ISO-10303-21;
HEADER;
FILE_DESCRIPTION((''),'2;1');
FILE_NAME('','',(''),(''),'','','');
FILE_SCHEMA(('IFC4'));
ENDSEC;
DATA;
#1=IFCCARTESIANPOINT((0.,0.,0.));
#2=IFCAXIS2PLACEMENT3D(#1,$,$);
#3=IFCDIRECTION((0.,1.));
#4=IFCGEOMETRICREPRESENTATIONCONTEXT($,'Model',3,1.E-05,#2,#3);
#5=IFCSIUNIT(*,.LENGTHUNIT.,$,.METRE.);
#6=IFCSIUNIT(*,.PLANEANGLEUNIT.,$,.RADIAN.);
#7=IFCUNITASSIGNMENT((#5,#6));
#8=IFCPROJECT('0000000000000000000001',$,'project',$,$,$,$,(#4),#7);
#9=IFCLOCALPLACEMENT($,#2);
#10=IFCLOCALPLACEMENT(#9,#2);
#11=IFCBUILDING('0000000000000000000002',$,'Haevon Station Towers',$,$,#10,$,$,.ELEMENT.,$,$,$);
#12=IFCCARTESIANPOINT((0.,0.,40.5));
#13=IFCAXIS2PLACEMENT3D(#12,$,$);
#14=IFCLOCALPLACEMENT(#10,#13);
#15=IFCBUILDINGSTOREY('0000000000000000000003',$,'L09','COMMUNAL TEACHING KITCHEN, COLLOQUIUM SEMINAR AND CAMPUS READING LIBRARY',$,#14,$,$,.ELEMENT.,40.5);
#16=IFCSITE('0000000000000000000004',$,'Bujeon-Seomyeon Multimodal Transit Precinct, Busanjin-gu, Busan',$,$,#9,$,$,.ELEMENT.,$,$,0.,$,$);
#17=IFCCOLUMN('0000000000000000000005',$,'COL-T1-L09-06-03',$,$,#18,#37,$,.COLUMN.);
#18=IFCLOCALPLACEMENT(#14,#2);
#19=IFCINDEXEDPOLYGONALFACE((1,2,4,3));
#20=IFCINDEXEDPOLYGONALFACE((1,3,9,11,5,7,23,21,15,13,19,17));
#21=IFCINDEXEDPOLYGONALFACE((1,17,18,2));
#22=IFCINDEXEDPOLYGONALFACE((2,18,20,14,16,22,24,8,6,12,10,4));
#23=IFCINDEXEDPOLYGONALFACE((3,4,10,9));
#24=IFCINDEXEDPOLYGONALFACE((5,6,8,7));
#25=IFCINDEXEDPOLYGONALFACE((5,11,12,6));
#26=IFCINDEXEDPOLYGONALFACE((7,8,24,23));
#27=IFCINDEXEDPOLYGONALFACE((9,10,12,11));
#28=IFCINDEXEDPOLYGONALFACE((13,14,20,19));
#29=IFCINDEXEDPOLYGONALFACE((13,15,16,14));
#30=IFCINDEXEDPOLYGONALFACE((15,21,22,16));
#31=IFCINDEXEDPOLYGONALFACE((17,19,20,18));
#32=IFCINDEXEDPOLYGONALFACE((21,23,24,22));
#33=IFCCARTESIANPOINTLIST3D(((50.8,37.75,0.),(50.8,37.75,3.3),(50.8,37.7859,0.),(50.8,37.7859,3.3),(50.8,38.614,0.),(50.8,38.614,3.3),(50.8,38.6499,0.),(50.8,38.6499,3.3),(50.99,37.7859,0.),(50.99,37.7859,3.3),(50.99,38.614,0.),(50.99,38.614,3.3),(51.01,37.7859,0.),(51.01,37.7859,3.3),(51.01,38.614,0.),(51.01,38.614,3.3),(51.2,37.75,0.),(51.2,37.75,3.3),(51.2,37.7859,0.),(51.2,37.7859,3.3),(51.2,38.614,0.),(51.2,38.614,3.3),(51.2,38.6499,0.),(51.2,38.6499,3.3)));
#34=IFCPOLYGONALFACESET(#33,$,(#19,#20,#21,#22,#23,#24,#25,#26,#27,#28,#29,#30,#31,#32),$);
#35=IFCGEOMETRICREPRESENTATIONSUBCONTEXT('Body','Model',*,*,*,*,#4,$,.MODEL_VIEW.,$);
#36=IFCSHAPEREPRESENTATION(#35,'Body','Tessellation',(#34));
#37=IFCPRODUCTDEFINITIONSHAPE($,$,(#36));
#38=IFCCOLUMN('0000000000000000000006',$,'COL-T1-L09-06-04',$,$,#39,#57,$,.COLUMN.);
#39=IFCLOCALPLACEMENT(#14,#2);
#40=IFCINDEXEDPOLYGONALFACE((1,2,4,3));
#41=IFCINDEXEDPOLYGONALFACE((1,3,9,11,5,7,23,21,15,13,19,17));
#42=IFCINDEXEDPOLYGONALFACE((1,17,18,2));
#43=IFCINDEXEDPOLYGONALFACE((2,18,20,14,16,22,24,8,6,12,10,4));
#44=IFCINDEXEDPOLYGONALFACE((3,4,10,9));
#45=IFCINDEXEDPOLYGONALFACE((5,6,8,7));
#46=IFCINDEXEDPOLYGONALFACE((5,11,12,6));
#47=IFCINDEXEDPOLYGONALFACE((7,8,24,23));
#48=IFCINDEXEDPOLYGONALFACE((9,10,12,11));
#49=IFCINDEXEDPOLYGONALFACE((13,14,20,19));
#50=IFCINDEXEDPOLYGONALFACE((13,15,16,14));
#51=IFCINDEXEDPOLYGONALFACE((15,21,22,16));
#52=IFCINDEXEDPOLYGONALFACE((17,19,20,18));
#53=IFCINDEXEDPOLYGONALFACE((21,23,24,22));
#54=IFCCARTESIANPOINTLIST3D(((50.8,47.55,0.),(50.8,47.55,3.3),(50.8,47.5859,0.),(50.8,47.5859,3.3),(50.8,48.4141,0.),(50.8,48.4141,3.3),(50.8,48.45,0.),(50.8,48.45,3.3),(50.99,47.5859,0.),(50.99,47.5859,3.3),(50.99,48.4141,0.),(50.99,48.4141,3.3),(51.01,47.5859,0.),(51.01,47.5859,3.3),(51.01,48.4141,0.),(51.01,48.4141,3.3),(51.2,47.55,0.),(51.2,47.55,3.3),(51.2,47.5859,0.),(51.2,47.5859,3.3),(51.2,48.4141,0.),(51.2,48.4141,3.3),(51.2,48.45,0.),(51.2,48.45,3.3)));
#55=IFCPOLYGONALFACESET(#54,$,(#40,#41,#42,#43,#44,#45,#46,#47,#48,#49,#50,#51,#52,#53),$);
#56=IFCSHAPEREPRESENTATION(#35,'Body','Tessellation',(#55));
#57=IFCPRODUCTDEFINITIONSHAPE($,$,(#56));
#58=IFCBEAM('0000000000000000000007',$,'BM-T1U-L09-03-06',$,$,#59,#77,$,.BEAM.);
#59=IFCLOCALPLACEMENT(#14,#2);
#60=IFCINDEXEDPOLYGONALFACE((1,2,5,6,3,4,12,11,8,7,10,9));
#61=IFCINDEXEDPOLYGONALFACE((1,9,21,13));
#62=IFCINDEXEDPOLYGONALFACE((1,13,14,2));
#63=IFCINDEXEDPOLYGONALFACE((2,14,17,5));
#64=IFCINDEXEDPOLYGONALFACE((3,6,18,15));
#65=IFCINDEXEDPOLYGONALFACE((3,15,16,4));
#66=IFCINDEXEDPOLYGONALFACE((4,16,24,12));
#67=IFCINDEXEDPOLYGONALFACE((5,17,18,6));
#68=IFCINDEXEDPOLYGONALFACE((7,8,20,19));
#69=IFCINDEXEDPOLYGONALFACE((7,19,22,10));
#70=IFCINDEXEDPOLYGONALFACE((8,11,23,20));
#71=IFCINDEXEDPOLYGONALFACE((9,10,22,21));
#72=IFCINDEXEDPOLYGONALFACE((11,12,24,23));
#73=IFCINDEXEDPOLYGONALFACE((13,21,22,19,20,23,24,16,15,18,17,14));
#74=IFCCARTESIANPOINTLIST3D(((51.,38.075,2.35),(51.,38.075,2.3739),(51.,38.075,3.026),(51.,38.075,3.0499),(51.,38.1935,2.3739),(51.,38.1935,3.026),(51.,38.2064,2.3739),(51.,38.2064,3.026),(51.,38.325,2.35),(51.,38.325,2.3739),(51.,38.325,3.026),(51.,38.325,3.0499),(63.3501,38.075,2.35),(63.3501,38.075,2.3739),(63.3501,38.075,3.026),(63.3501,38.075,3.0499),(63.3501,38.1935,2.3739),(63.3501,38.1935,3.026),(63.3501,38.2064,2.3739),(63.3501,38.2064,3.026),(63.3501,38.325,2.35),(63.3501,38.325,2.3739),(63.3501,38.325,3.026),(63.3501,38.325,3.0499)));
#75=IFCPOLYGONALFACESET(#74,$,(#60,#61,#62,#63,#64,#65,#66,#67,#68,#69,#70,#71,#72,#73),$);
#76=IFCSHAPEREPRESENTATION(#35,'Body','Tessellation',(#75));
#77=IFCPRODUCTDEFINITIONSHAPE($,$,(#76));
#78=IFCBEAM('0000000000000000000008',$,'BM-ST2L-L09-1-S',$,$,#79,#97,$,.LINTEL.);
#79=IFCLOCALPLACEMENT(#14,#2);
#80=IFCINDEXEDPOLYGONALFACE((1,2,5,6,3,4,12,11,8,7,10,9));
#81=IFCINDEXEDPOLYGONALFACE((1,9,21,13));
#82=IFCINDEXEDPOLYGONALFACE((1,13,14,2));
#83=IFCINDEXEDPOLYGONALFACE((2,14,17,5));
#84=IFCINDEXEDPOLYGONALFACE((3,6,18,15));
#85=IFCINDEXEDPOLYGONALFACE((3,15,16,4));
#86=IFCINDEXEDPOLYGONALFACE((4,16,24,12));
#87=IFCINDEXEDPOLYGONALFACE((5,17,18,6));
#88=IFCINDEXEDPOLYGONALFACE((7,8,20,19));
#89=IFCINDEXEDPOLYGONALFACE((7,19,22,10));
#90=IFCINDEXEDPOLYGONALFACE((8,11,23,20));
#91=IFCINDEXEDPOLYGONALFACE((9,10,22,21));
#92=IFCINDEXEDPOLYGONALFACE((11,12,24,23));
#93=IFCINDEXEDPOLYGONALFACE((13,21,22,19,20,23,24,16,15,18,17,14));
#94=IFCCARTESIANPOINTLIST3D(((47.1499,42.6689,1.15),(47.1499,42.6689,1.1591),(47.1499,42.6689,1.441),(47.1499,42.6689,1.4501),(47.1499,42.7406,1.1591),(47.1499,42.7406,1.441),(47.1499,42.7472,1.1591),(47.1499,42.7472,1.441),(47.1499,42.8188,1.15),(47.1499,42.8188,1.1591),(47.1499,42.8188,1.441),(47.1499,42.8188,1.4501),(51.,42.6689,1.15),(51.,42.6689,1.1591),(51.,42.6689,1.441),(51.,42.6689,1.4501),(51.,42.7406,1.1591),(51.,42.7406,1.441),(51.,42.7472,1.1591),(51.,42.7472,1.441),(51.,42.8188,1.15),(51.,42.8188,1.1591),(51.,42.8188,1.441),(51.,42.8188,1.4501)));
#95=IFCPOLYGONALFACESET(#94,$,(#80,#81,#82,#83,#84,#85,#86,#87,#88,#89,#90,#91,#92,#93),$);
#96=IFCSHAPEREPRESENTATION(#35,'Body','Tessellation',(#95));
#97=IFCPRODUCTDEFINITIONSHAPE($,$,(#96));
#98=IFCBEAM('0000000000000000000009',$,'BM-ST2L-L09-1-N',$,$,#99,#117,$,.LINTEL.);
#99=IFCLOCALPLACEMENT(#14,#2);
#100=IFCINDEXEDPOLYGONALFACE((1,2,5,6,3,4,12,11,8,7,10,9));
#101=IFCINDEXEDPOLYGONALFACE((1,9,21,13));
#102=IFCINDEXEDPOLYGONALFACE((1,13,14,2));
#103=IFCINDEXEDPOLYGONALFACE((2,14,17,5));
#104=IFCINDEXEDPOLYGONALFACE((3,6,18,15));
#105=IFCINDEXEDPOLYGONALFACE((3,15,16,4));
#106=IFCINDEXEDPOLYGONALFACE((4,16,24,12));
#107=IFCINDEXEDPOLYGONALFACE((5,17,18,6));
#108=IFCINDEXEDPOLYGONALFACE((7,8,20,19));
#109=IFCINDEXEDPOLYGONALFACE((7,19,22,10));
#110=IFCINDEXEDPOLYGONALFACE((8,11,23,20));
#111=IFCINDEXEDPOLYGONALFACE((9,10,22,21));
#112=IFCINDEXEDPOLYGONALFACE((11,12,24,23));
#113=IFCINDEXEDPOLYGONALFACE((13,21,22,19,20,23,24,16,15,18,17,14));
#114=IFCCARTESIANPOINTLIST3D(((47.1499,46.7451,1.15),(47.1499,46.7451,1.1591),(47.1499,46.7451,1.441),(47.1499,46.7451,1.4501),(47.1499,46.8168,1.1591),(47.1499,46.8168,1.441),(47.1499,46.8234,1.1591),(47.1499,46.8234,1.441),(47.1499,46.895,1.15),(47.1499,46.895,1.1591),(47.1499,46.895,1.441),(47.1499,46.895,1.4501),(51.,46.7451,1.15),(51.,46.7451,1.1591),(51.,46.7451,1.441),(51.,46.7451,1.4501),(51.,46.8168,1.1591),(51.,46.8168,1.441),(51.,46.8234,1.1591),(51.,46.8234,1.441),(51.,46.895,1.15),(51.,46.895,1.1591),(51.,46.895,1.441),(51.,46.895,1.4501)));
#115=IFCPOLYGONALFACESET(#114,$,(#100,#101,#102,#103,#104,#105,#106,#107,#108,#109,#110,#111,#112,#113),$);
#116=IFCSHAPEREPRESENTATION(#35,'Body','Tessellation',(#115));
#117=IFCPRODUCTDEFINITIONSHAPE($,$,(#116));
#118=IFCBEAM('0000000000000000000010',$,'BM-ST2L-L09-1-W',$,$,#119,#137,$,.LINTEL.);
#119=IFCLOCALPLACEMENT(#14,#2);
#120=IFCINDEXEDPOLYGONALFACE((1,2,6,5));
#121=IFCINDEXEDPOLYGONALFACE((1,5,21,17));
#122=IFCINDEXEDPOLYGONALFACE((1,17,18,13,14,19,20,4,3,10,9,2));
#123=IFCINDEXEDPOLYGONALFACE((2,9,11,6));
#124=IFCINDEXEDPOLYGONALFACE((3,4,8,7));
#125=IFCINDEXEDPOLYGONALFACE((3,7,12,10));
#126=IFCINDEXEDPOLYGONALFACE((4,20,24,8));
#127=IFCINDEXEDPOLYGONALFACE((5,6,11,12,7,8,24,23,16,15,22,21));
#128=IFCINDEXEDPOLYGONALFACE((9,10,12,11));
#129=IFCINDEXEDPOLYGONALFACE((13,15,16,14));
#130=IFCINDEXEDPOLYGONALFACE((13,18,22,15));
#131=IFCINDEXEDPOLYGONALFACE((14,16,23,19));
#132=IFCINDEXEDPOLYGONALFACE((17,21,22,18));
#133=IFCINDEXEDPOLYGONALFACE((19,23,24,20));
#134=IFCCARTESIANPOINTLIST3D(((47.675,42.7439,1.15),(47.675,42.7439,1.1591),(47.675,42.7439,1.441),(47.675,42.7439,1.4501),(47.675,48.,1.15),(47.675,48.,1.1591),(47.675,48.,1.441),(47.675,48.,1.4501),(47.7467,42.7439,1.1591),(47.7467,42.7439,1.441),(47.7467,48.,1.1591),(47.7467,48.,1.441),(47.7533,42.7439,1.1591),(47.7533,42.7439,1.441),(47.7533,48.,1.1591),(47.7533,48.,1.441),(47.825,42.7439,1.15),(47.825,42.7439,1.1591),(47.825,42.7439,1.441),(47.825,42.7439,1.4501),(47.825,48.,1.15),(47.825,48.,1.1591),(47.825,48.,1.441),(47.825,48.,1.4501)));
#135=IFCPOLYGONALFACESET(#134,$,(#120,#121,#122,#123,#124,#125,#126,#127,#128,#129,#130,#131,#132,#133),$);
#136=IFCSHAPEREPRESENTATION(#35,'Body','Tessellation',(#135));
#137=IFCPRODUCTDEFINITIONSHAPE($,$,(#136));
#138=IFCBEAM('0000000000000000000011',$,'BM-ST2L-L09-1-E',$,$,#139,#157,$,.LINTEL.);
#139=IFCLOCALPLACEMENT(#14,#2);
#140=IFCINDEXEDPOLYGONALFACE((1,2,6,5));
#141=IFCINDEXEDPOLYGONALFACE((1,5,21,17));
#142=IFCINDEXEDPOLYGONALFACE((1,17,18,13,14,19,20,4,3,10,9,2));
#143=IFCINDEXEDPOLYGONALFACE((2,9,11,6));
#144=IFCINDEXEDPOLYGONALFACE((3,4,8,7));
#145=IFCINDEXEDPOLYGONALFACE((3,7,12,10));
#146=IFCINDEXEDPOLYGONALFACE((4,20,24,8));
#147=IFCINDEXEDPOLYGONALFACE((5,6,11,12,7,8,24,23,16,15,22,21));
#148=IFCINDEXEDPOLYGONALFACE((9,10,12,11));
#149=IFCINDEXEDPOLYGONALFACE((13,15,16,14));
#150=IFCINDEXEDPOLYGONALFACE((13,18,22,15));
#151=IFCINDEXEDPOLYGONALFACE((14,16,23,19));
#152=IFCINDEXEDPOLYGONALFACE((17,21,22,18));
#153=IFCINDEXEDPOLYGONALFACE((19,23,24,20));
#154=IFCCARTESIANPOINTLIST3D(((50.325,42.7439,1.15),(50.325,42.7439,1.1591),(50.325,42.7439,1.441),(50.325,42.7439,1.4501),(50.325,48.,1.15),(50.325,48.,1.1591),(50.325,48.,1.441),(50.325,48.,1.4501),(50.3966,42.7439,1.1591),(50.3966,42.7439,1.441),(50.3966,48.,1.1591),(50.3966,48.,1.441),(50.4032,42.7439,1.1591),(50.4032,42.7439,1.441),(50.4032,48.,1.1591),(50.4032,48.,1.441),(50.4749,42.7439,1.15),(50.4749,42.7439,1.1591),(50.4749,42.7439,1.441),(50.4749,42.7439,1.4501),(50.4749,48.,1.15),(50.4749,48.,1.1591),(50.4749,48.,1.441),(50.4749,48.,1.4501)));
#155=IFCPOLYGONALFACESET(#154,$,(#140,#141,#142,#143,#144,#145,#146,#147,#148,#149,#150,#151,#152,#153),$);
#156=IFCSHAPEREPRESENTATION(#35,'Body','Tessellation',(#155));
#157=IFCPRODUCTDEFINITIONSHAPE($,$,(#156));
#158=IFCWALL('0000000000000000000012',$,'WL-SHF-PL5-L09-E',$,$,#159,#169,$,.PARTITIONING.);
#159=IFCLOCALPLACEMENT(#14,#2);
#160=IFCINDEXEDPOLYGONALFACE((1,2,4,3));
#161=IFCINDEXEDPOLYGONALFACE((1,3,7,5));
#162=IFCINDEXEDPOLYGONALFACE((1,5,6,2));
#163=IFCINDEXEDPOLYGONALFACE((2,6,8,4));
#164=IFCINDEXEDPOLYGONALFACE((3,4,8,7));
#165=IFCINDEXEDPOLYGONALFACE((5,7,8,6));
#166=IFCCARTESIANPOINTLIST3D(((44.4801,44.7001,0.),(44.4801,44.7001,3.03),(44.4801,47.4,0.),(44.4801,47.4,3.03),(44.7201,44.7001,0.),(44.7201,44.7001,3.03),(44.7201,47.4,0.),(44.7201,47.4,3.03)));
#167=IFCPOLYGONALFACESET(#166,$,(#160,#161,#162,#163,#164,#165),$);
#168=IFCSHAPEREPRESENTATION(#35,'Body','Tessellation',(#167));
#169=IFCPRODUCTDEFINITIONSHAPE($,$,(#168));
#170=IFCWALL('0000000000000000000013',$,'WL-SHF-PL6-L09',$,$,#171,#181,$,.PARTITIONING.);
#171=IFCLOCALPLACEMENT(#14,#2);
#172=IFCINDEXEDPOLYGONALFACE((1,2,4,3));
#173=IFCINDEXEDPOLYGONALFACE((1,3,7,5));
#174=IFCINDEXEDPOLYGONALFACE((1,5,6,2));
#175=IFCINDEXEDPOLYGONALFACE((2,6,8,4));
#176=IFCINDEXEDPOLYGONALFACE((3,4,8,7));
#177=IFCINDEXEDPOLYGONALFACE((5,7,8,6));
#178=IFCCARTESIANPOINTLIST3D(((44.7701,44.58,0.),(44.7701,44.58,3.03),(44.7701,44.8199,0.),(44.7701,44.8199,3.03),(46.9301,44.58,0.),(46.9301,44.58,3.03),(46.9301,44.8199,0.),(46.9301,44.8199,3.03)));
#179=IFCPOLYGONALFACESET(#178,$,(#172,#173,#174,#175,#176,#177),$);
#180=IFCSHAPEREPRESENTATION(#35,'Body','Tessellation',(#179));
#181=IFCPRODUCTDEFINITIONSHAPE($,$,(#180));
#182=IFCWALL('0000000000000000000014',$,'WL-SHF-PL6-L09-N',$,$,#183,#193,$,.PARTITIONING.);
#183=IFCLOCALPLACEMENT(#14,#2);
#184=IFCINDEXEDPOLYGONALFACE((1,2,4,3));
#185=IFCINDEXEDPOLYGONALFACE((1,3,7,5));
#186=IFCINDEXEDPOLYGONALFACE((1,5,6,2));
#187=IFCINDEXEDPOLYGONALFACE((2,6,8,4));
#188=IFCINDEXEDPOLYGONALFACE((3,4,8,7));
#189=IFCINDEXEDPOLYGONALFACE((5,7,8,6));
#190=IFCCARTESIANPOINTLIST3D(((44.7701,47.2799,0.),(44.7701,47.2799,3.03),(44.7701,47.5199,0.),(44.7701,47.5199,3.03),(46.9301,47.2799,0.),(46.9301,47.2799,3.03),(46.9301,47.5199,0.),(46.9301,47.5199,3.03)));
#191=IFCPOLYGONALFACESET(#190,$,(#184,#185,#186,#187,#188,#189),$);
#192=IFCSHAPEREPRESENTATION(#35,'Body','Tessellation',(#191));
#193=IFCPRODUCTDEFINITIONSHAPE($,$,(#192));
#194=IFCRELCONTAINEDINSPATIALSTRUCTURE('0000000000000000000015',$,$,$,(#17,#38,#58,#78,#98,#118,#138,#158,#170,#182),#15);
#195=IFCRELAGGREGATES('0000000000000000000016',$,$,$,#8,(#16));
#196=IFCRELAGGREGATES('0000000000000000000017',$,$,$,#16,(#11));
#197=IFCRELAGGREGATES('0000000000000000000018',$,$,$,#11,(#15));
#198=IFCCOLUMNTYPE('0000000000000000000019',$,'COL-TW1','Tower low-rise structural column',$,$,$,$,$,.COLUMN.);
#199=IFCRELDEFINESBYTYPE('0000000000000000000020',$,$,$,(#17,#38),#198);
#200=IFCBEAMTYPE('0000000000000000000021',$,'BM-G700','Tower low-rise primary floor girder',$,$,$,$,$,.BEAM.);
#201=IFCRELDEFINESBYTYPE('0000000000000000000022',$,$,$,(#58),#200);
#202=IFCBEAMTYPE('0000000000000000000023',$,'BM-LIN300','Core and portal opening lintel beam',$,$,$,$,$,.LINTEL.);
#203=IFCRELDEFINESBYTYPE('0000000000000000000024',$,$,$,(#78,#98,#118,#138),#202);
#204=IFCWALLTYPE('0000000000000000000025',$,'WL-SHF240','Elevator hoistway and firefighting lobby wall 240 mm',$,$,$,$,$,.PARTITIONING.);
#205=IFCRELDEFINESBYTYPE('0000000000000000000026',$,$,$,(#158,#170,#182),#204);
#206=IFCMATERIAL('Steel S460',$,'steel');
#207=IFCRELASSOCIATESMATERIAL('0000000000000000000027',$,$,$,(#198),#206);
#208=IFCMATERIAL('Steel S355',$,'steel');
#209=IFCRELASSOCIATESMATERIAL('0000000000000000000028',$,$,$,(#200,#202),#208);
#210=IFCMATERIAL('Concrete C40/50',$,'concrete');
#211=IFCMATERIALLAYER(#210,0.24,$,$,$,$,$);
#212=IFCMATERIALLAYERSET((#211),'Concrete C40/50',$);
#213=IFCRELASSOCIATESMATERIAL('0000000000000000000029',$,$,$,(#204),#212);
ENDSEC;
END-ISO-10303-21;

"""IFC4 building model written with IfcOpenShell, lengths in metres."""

from ifc_helpers import new_model, si_unit, direction, frame, frame_2d, origin, origin_2d, place, context, subcontext, project, spatial, rectangle, i_section, extrude, material, layer, layer_set, material_profile, profile_set, type_object, element, save


model = new_model("IFC4")

# Units and contexts
model_context = context("Model", 3, precision=1e-05, world=origin(), true_north=direction((0.0, 1.0)))
body_context = subcontext(model_context, "Body", "Model", "MODEL_VIEW")
ifc_project = project(units=[si_unit("LENGTHUNIT", "METRE"), si_unit("PLANEANGLEUNIT", "RADIAN")], contexts=[model_context])

# Site, building, storey
site_placement = place(None, origin())
site = spatial("IfcSite", under=ifc_project, at=site_placement, Name="Bujeon-Seomyeon Multimodal Transit Precinct, Busanjin-gu, Busan", CompositionType="ELEMENT", RefElevation=0.0)
building_placement = place(site_placement, origin())
building = spatial("IfcBuilding", under=site, at=building_placement, Name="Haevon Station Towers", CompositionType="ELEMENT")
storey_placement = place(building_placement, frame((0.0, 0.0, 40.5)))
storey = spatial("IfcBuildingStorey", under=building, at=storey_placement, Name="L09", Description="COMMUNAL TEACHING KITCHEN, COLLOQUIUM SEMINAR AND CAMPUS READING LIBRARY", CompositionType="ELEMENT", Elevation=40.5)

# Columns
ifc_material_1 = material(Name="Steel S460", Category="steel")
ifc_material_profile_1 = material_profile(ifc_material_1, i_section(OverallWidth=0.3999, OverallDepth=0.8999, WebThickness=0.02, FlangeThickness=0.0359, at=origin_2d()), Name="H-900x400x20x36")
ifc_profile_set_1 = profile_set([ifc_material_profile_1], Name="Steel S460")
column_type = type_object("IfcColumnType", Name="COL-TW1", Description="Tower low-rise structural column", PredefinedType="COLUMN", material=ifc_profile_set_1)
for number, where, z_axis, x_axis, name in (
    (1, (51.0, 38.2, 0.0), (0.0, 0.0, 1.0), (1.0, 0.0, 0.0), "COL-T1-L09-06-03"),
    (2, (51.0, 48.0, 0.0), (0.0, 0.0, 1.0), (1.0, 0.0, 0.0), "COL-T1-L09-06-04"),
):
    element("IfcColumn", number, at=place(storey_placement, frame(where, z_axis=z_axis, x_axis=x_axis)), inside=storey, type_object=column_type, Name=name, PredefinedType="COLUMN", context=body_context, shape_type="SweptSolid", body=[
        extrude(i_section(OverallWidth=0.3999, OverallDepth=0.8999, WebThickness=0.02, FlangeThickness=0.0359, at=origin_2d()), origin(), (0.0, 0.0, 1.0), 3.3),
    ])

# Beams
ifc_material_2 = material(Name="Steel S355", Category="steel")
ifc_material_profile_2 = material_profile(ifc_material_2, i_section(OverallWidth=0.25, OverallDepth=0.7, WebThickness=0.0129, FlangeThickness=0.0239, at=origin_2d()), Name="H-700x250x13x24")
ifc_profile_set_2 = profile_set([ifc_material_profile_2], Name="Steel S355")
beam_type_1 = type_object("IfcBeamType", Name="BM-G700", Description="Tower low-rise primary floor girder", PredefinedType="BEAM", material=ifc_profile_set_2)
beam_placement = place(storey_placement, frame((51.0, 38.2, 2.7), z_axis=(1.0, 0.0, 0.0), x_axis=(0.0, 1.0, 0.0)))
element("IfcBeam", 3, at=beam_placement, inside=storey, type_object=beam_type_1, Name="BM-T1U-L09-03-06", PredefinedType="BEAM", context=body_context, shape_type="SweptSolid", body=[
    extrude(i_section(OverallWidth=0.25, OverallDepth=0.7, WebThickness=0.0129, FlangeThickness=0.0239, at=origin_2d()), origin(), (0.0, 0.0, 1.0), 12.3501),
])
ifc_material_profile_3 = material_profile(ifc_material_2, i_section(OverallWidth=0.1499, OverallDepth=0.3, WebThickness=0.0066, FlangeThickness=0.009, at=origin_2d()), Name="H-300x150x6.5x9")
ifc_profile_set_3 = profile_set([ifc_material_profile_3], Name="Steel S355")
beam_type_2 = type_object("IfcBeamType", Name="BM-LIN300", Description="Core and portal opening lintel beam", PredefinedType="LINTEL", material=ifc_profile_set_3)
for number, where, z_axis, x_axis, name in (
    (4, (47.1499, 42.7439, 1.3), (1.0, 0.0, 0.0), (0.0, 1.0, 0.0), "BM-ST2L-L09-1-S"),
    (5, (47.1499, 46.8201, 1.3), (1.0, 0.0, 0.0), (0.0, 1.0, 0.0), "BM-ST2L-L09-1-N"),
):
    element("IfcBeam", number, at=place(storey_placement, frame(where, z_axis=z_axis, x_axis=x_axis)), inside=storey, type_object=beam_type_2, Name=name, PredefinedType="LINTEL", context=body_context, shape_type="SweptSolid", body=[
        extrude(i_section(OverallWidth=0.1499, OverallDepth=0.3, WebThickness=0.0066, FlangeThickness=0.009, at=origin_2d()), origin(), (0.0, 0.0, 1.0), 3.8501),
    ])
for number, where, z_axis, x_axis, name in (
    (6, (47.75, 42.7439, 1.3), (0.0, 1.0, 0.0), (-1.0, 0.0, 0.0), "BM-ST2L-L09-1-W"),
    (7, (50.3999, 42.7439, 1.3), (0.0, 1.0, 0.0), (-1.0, 0.0, 0.0), "BM-ST2L-L09-1-E"),
):
    element("IfcBeam", number, at=place(storey_placement, frame(where, z_axis=z_axis, x_axis=x_axis)), inside=storey, type_object=beam_type_2, Name=name, PredefinedType="LINTEL", context=body_context, shape_type="SweptSolid", body=[
        extrude(i_section(OverallWidth=0.1499, OverallDepth=0.3, WebThickness=0.0066, FlangeThickness=0.009, at=origin_2d()), origin(), (0.0, 0.0, 1.0), 5.2561),
    ])

# Walls
ifc_material_3 = material(Name="Concrete C40/50", Category="concrete")
ifc_layer = layer(ifc_material_3, 0.24)
ifc_layer_set = layer_set([ifc_layer], Name="Concrete C40/50")
wall_type = type_object("IfcWallType", Name="WL-SHF240", Description="Elevator hoistway and firefighting lobby wall 240 mm", PredefinedType="PARTITIONING", material=ifc_layer_set)
wall_placement = place(storey_placement, frame((44.6001, 44.7, 0.0), z_axis=(0.0, 0.0, 1.0), x_axis=(0.0, 1.0, 0.0)))
element("IfcWall", 8, at=wall_placement, inside=storey, type_object=wall_type, Name="WL-SHF-PL5-L09-E", PredefinedType="PARTITIONING", context=body_context, shape_type="SweptSolid", body=[
    extrude(rectangle(XDim=2.7, YDim=0.24, at=frame_2d((1.3501, 0.0))), origin(), (0.0, 0.0, 1.0), 3.03),
])
for number, where, z_axis, x_axis, name in (
    (9, (44.77, 44.7, 0.0), (0.0, 0.0, 1.0), (1.0, 0.0, 0.0), "WL-SHF-PL6-L09"),
    (10, (44.77, 47.3999, 0.0), (0.0, 0.0, 1.0), (1.0, 0.0, 0.0), "WL-SHF-PL6-L09-N"),
):
    element("IfcWall", number, at=place(storey_placement, frame(where, z_axis=z_axis, x_axis=x_axis)), inside=storey, type_object=wall_type, Name=name, PredefinedType="PARTITIONING", context=body_context, shape_type="SweptSolid", body=[
        extrude(rectangle(XDim=2.1599, YDim=0.24, at=frame_2d((1.0801, 0.0))), origin(), (0.0, 0.0, 1.0), 3.03),
    ])

save(model, "model.ifc")
